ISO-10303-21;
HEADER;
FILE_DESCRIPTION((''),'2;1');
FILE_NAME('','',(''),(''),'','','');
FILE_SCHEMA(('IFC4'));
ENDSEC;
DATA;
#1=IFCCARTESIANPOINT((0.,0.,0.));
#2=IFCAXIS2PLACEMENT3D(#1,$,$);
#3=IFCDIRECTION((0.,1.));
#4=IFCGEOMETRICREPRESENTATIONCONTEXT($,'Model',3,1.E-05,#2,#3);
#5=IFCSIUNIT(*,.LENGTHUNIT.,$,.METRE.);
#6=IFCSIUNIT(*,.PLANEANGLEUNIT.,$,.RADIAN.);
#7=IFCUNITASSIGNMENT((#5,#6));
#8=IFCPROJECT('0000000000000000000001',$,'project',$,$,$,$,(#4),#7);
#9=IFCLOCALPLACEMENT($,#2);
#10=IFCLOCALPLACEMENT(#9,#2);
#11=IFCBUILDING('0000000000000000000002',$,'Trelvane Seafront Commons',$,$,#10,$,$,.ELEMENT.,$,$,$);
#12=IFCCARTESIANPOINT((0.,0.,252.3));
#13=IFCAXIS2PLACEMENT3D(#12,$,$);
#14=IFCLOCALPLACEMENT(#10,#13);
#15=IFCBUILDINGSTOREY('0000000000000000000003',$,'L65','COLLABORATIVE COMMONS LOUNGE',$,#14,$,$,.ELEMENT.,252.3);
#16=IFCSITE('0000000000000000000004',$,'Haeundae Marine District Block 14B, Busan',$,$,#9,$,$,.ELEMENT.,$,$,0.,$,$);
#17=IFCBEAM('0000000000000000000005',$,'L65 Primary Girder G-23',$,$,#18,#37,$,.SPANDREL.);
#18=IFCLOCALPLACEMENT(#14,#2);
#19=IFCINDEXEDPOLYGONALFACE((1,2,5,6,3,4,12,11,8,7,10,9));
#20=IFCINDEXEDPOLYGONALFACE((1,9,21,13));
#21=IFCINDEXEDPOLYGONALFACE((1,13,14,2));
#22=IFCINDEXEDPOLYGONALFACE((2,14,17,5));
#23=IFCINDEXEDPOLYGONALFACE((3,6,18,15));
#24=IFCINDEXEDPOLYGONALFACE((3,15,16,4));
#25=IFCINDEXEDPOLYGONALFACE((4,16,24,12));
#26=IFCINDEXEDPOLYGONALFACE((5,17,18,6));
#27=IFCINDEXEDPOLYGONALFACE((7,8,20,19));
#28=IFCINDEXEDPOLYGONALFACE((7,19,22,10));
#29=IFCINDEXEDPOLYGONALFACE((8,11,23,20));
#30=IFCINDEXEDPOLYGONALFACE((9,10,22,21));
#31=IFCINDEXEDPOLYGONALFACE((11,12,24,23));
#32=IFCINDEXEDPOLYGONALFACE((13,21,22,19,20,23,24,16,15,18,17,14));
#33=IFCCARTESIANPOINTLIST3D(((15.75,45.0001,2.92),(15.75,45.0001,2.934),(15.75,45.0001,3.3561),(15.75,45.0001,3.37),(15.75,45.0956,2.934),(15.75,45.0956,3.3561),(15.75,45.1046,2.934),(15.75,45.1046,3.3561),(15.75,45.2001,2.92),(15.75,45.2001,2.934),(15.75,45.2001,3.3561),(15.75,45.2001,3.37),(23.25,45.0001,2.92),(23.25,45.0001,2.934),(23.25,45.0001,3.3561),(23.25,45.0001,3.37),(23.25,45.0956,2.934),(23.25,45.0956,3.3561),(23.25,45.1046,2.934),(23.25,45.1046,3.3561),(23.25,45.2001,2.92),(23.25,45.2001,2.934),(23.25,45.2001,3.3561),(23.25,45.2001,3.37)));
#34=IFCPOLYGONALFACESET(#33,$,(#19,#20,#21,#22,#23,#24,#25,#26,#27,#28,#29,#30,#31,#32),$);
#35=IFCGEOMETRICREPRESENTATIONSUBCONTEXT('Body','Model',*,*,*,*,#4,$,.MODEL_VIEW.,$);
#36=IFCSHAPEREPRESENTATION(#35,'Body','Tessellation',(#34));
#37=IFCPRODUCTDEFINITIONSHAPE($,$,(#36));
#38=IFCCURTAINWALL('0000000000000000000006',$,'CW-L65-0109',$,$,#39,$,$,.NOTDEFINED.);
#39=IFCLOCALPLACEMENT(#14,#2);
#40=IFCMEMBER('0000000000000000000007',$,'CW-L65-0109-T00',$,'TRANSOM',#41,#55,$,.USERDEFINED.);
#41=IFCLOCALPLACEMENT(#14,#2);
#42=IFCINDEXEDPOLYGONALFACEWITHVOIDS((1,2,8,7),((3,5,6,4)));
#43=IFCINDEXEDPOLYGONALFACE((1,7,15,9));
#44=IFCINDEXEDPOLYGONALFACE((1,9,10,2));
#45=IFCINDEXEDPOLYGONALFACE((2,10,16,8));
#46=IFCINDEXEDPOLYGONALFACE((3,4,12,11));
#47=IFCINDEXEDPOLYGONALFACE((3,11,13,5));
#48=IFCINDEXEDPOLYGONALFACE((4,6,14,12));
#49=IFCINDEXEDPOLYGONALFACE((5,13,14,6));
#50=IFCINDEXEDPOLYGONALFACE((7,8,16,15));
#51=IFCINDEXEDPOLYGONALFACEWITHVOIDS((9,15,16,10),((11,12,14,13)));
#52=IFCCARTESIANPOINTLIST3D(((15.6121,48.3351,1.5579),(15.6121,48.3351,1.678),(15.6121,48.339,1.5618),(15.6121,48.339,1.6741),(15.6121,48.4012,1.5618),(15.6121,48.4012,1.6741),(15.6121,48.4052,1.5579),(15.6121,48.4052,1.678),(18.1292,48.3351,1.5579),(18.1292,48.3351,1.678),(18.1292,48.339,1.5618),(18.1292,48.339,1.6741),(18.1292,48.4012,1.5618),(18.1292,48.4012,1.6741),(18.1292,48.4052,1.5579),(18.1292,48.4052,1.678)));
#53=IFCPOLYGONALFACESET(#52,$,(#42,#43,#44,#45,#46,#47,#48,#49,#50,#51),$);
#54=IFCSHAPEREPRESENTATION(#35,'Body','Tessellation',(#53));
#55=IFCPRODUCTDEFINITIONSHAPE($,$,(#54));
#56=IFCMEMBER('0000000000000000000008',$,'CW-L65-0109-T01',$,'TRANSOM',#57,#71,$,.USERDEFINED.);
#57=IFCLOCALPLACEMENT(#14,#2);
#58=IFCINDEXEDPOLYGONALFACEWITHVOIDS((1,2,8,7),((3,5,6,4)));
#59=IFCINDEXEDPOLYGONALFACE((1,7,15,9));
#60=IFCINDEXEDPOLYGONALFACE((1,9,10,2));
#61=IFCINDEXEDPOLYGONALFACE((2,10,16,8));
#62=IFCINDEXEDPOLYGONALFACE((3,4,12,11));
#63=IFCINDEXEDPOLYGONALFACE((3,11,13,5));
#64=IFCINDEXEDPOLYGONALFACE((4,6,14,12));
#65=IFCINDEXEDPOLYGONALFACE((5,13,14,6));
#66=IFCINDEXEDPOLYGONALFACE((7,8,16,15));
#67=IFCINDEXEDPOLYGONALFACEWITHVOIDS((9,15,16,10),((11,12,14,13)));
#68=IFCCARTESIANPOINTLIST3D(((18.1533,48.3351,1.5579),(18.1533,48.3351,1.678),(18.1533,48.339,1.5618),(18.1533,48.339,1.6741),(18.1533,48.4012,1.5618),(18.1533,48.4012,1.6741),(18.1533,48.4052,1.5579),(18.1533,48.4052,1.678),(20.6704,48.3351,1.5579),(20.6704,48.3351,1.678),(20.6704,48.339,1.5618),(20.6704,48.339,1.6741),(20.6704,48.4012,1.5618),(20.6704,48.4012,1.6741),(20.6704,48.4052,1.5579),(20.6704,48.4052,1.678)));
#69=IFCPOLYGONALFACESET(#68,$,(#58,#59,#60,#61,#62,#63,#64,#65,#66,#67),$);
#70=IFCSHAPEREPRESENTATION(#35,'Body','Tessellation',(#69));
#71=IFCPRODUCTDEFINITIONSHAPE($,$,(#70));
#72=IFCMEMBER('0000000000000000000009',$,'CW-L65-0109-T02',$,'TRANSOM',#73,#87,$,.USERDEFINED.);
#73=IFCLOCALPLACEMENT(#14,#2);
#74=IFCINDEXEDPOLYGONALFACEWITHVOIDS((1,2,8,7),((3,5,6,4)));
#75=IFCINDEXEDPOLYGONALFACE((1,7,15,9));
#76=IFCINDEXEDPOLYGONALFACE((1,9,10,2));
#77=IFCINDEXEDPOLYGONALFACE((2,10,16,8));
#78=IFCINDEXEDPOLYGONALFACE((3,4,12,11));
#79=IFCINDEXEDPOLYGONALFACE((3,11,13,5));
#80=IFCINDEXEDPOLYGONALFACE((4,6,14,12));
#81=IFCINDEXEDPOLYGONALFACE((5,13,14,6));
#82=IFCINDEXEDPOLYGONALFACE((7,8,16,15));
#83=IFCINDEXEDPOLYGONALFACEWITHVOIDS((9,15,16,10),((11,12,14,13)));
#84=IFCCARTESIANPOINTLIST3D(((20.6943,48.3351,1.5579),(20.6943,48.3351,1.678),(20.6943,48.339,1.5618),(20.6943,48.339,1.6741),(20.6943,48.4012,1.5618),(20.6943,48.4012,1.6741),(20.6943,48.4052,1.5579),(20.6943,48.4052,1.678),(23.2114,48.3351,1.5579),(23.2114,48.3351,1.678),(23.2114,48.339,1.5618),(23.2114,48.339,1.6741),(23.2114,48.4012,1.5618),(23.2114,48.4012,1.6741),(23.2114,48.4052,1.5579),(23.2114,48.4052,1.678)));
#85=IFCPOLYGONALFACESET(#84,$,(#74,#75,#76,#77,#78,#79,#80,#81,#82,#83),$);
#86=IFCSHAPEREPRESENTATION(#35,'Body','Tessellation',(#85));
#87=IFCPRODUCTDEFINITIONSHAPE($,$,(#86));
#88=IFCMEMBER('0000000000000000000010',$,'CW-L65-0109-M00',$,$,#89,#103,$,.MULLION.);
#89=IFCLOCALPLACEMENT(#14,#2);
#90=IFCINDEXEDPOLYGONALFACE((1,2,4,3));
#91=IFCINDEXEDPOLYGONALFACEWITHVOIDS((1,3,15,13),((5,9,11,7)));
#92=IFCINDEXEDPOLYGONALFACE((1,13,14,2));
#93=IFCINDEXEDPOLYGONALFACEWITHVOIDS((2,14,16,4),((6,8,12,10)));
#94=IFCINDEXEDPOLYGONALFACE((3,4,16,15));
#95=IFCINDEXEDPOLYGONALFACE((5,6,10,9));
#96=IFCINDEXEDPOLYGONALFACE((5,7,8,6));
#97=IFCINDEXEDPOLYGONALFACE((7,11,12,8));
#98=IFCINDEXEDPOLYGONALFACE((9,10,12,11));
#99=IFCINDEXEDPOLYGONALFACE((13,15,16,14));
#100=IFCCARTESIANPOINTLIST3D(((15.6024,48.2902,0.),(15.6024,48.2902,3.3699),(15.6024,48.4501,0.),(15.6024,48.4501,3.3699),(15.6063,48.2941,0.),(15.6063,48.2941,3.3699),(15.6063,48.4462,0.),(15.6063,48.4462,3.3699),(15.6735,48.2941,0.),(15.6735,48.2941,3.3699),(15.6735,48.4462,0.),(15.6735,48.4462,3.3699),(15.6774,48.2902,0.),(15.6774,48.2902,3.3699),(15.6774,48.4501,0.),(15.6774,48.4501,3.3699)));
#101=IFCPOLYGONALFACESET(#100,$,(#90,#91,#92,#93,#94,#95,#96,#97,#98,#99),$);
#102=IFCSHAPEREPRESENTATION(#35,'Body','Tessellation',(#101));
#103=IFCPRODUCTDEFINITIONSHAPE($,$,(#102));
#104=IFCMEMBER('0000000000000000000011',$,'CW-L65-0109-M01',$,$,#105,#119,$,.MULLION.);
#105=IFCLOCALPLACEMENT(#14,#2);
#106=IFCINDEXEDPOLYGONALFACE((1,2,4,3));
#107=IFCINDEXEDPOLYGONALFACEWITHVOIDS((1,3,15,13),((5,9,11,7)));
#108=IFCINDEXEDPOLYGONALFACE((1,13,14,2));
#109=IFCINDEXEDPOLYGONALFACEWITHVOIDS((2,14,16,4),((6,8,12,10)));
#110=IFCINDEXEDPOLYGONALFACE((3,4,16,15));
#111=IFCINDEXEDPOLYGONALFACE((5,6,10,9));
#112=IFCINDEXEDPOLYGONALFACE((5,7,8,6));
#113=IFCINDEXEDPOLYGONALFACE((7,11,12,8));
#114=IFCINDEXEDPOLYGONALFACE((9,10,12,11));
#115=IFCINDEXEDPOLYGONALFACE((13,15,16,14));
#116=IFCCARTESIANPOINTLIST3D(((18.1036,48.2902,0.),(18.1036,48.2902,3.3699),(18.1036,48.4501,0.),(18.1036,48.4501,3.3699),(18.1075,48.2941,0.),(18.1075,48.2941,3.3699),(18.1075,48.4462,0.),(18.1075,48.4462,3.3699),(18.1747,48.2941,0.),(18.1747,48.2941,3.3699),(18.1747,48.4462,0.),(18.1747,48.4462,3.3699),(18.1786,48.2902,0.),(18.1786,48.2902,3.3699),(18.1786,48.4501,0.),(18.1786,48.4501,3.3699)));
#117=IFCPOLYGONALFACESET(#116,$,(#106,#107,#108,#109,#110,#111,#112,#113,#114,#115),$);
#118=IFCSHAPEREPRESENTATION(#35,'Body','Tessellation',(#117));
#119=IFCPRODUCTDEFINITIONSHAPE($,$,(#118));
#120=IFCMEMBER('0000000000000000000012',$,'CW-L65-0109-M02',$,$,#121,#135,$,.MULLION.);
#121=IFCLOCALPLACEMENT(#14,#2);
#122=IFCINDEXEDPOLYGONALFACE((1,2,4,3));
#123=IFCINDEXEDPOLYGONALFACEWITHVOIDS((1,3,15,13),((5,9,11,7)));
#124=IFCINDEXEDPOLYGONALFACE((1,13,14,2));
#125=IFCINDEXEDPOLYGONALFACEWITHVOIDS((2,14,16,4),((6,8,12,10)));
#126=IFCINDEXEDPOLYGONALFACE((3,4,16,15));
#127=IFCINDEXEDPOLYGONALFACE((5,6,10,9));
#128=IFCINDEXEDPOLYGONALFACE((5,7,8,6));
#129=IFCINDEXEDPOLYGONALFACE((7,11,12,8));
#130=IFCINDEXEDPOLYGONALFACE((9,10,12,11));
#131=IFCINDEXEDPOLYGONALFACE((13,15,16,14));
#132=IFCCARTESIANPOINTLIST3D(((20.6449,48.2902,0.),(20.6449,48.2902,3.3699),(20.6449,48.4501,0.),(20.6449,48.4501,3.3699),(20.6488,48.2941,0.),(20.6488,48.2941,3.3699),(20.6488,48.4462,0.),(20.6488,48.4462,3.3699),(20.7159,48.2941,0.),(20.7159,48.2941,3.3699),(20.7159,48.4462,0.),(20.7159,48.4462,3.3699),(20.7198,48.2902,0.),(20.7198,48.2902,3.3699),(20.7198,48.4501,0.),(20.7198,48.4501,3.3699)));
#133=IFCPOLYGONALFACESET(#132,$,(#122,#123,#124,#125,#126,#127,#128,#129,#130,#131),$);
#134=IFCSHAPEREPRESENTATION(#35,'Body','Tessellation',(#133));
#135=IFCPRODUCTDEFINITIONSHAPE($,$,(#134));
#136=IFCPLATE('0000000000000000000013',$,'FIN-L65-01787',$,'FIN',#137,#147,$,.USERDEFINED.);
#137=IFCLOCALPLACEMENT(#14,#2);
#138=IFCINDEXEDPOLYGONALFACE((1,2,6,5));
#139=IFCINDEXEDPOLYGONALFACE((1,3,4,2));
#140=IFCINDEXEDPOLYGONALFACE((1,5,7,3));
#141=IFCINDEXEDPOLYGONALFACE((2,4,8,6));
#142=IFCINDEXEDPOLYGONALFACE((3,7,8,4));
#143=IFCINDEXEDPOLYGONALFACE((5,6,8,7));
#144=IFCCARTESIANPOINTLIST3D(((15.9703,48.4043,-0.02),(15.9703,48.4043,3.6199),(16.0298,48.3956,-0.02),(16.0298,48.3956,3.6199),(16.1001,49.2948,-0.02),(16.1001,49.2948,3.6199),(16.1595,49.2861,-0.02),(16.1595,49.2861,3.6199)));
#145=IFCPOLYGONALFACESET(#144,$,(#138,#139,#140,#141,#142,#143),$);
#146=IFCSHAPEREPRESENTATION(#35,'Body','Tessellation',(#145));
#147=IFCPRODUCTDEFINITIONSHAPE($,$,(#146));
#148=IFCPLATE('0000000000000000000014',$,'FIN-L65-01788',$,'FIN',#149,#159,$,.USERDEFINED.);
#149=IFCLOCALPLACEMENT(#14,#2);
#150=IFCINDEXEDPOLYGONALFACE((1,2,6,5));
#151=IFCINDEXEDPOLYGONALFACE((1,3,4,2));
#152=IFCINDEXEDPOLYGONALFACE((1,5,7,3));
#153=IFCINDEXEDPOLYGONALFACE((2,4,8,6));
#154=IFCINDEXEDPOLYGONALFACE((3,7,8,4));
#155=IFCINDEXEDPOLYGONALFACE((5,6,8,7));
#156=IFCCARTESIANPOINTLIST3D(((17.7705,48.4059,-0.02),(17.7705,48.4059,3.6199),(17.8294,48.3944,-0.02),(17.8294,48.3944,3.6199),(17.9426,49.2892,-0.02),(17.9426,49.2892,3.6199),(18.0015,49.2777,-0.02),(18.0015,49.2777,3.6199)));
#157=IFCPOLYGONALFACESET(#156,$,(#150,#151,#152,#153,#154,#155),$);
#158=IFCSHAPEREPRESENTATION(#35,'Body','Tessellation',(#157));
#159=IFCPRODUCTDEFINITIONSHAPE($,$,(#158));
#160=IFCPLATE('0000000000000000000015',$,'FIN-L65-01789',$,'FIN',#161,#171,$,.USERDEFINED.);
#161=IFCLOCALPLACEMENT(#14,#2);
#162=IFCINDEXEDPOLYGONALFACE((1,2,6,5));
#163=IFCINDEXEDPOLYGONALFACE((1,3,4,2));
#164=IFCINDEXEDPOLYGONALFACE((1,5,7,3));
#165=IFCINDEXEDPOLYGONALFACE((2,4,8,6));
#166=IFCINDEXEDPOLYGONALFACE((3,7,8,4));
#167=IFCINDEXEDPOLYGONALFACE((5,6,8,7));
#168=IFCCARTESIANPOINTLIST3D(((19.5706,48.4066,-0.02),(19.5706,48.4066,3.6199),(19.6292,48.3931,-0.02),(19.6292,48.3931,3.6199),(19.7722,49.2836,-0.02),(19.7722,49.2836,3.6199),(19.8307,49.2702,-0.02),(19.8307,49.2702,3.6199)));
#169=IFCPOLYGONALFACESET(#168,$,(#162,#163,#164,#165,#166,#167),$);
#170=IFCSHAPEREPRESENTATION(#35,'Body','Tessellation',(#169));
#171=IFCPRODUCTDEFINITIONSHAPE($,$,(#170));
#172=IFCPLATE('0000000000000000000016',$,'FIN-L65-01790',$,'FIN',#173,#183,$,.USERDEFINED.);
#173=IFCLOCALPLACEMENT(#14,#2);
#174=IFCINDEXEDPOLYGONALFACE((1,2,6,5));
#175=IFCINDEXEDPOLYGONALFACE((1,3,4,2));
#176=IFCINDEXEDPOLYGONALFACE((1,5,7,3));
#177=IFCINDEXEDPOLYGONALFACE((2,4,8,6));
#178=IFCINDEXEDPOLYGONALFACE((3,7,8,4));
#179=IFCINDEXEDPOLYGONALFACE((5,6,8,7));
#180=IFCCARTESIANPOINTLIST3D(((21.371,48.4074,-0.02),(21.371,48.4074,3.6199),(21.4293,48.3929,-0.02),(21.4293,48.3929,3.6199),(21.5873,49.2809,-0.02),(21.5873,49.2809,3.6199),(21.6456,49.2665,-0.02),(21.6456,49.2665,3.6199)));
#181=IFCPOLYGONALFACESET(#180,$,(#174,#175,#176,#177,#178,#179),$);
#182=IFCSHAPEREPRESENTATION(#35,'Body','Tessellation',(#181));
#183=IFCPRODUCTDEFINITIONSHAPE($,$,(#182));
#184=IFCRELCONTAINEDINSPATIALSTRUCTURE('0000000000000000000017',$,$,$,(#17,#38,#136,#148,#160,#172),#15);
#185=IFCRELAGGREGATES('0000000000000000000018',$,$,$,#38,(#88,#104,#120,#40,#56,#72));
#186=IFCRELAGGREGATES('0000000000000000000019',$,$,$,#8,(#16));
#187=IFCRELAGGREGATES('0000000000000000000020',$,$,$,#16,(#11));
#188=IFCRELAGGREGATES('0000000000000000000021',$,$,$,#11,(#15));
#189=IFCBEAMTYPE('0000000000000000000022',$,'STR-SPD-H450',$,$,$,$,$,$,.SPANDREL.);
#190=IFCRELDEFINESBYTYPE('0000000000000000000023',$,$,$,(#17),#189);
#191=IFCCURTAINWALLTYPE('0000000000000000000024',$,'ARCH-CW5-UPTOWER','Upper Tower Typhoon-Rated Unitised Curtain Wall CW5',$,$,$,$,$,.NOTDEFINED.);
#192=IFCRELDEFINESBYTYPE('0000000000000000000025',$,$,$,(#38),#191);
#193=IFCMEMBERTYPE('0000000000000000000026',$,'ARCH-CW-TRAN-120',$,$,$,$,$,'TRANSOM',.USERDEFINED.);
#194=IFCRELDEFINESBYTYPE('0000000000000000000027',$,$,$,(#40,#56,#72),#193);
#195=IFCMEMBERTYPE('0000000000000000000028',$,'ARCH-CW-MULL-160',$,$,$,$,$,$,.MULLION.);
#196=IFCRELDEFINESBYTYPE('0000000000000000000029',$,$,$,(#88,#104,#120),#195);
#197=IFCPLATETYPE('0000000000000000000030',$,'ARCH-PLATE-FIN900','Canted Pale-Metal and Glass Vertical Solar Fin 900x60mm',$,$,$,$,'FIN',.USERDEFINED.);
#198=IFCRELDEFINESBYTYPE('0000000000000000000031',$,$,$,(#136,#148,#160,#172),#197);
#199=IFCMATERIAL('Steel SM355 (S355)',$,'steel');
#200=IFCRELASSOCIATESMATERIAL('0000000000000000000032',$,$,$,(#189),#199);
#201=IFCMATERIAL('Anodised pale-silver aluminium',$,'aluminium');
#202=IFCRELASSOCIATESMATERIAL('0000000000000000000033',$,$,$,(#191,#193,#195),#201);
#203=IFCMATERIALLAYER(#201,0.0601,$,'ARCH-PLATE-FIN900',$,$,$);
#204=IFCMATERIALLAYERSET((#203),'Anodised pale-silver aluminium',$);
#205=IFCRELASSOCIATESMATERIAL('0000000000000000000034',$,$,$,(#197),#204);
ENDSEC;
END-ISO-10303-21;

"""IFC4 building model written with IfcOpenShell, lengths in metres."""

from ifc_helpers import new_model, si_unit, direction, frame, origin, origin_2d, place, context, subcontext, project, spatial, rectangle, hollow_rectangle, i_section, extrude, source, transform, mapped, material, layer, layer_set, material_profile, profile_set, type_object, element, aggregate, save


model = new_model("IFC4")

# Units and contexts
model_context = context("Model", 3, precision=1e-05, world=origin(), true_north=direction((0.0, 1.0)))
body_context = subcontext(model_context, "Body", "Model", "MODEL_VIEW")
ifc_project = project(units=[si_unit("LENGTHUNIT", "METRE"), si_unit("PLANEANGLEUNIT", "RADIAN")], contexts=[model_context])

# Site, building, storey
site_placement = place(None, origin())
site = spatial("IfcSite", under=ifc_project, at=site_placement, Name="Haeundae Marine District Block 14B, Busan", CompositionType="ELEMENT", RefElevation=0.0)
building_placement = place(site_placement, origin())
building = spatial("IfcBuilding", under=site, at=building_placement, Name="Trelvane Seafront Commons", CompositionType="ELEMENT")
storey_placement = place(building_placement, frame((0.0, 0.0, 252.3)))
storey = spatial("IfcBuildingStorey", under=building, at=storey_placement, Name="L65", Description="COLLABORATIVE COMMONS LOUNGE", CompositionType="ELEMENT", Elevation=252.3)

# Beam
ifc_material_1 = material(Name="Steel SM355 (S355)", Category="steel")
ifc_material_profile_1 = material_profile(ifc_material_1, i_section(OverallWidth=0.2, OverallDepth=0.45, WebThickness=0.009, FlangeThickness=0.0139, at=origin_2d()), Name="H-450x200x9x14")
ifc_profile_set_1 = profile_set([ifc_material_profile_1], Name="Steel SM355 (S355)")
beam_type = type_object("IfcBeamType", Name="STR-SPD-H450", PredefinedType="SPANDREL", material=ifc_profile_set_1)
shared_shape_1 = source(origin(), body_context, "Body", "SweptSolid", [
    extrude(i_section(OverallWidth=0.2, OverallDepth=0.45, WebThickness=0.009, FlangeThickness=0.0139, at=origin_2d()), origin(), (0.0, 0.0, 1.0), 7.5),
])
beam_placement = place(storey_placement, frame((15.75, 45.1001, 3.145), z_axis=(1.0, 0.0, 0.0), x_axis=(0.0, 1.0, 0.0)))
element("IfcBeam", 1, at=beam_placement, inside=storey, type_object=beam_type, Name="L65 Primary Girder G-23", PredefinedType="SPANDREL", context=body_context, shape_type="MappedRepresentation", body=[
    mapped(shared_shape_1, transform((0.0, 0.0, 0.0), x_axis=(1.0, 0.0, 0.0), y_axis=(0.0, 1.0, 0.0), z_axis=(0.0, 0.0, 1.0), scale=1.0)),
])

# Curtain wall, members
ifc_material_2 = material(Name="Anodised pale-silver aluminium", Category="aluminium")
curtain_wall_type = type_object("IfcCurtainWallType", Name="ARCH-CW5-UPTOWER", Description="Upper Tower Typhoon-Rated Unitised Curtain Wall CW5", PredefinedType="NOTDEFINED", material=ifc_material_2)
curtain_wall_placement = place(storey_placement, origin())
curtain_wall = element("IfcCurtainWall", 2, at=curtain_wall_placement, inside=storey, type_object=curtain_wall_type, Name="CW-L65-0109", PredefinedType="NOTDEFINED")
ifc_material_profile_2 = material_profile(ifc_material_2, hollow_rectangle(XDim=0.0701, YDim=0.1201, WallThickness=0.0039, at=origin_2d()), Name="TRAN-70x120x4")
ifc_profile_set_2 = profile_set([ifc_material_profile_2], Name="Anodised pale-silver aluminium")
member_type_1 = type_object("IfcMemberType", Name="ARCH-CW-TRAN-120", ElementType="TRANSOM", PredefinedType="USERDEFINED", material=ifc_profile_set_2)
shared_shape_2 = source(origin(), body_context, "Body", "SweptSolid", [
    extrude(hollow_rectangle(XDim=0.0701, YDim=0.1201, WallThickness=0.0039, at=origin_2d()), origin(), (0.0, 0.0, 1.0), 2.5171),
])
member_1_placement = place(storey_placement, frame((15.6121, 48.3701, 1.6179), z_axis=(1.0, 0.0, 0.0), x_axis=(0.0, 1.0, 0.0)))
member_1 = element("IfcMember", 3, at=member_1_placement, type_object=member_type_1, Name="CW-L65-0109-T00", ObjectType="TRANSOM", PredefinedType="USERDEFINED", context=body_context, shape_type="MappedRepresentation", body=[
    mapped(shared_shape_2, transform((0.0, 0.0, 0.0), x_axis=(1.0, 0.0, 0.0), y_axis=(0.0, 1.0, 0.0), z_axis=(0.0, 0.0, 1.0), scale=1.0)),
])
member_2_placement = place(storey_placement, frame((18.1533, 48.3701, 1.6179), z_axis=(1.0, 0.0, 0.0), x_axis=(0.0, 1.0, 0.0)))
member_2 = element("IfcMember", 4, at=member_2_placement, type_object=member_type_1, Name="CW-L65-0109-T01", ObjectType="TRANSOM", PredefinedType="USERDEFINED", context=body_context, shape_type="MappedRepresentation", body=[
    mapped(shared_shape_2, transform((0.0, 0.0, 0.0), x_axis=(1.0, 0.0, 0.0), y_axis=(0.0, 1.0, 0.0), z_axis=(0.0, 0.0, 1.0), scale=1.0)),
])
member_3_placement = place(storey_placement, frame((20.6943, 48.3701, 1.6179), z_axis=(1.0, 0.0, 0.0), x_axis=(0.0, 1.0, 0.0)))
member_3 = element("IfcMember", 5, at=member_3_placement, type_object=member_type_1, Name="CW-L65-0109-T02", ObjectType="TRANSOM", PredefinedType="USERDEFINED", context=body_context, shape_type="MappedRepresentation", body=[
    mapped(shared_shape_2, transform((0.0, 0.0, 0.0), x_axis=(1.0, 0.0, 0.0), y_axis=(0.0, 1.0, 0.0), z_axis=(0.0, 0.0, 1.0), scale=1.0)),
])
ifc_material_profile_3 = material_profile(ifc_material_2, hollow_rectangle(XDim=0.075, YDim=0.1599, WallThickness=0.0039, at=origin_2d()), Name="MULL-75x160x4")
ifc_profile_set_3 = profile_set([ifc_material_profile_3], Name="Anodised pale-silver aluminium")
member_type_2 = type_object("IfcMemberType", Name="ARCH-CW-MULL-160", PredefinedType="MULLION", material=ifc_profile_set_3)
shared_shape_3 = source(origin(), body_context, "Body", "SweptSolid", [
    extrude(hollow_rectangle(XDim=0.075, YDim=0.1599, WallThickness=0.0039, at=origin_2d()), origin(), (0.0, 0.0, 1.0), 3.3699),
])
member_4_placement = place(storey_placement, frame((15.6399, 48.3701, 0.0), z_axis=(0.0, 0.0, 1.0), x_axis=(1.0, 0.0, 0.0)))
member_4 = element("IfcMember", 6, at=member_4_placement, type_object=member_type_2, Name="CW-L65-0109-M00", PredefinedType="MULLION", context=body_context, shape_type="MappedRepresentation", body=[
    mapped(shared_shape_3, transform((0.0, 0.0, 0.0), x_axis=(1.0, 0.0, 0.0), y_axis=(0.0, 1.0, 0.0), z_axis=(0.0, 0.0, 1.0), scale=1.0)),
])
member_5_placement = place(storey_placement, frame((18.1411, 48.3701, 0.0), z_axis=(0.0, 0.0, 1.0), x_axis=(1.0, 0.0, 0.0)))
member_5 = element("IfcMember", 7, at=member_5_placement, type_object=member_type_2, Name="CW-L65-0109-M01", PredefinedType="MULLION", context=body_context, shape_type="MappedRepresentation", body=[
    mapped(shared_shape_3, transform((0.0, 0.0, 0.0), x_axis=(1.0, 0.0, 0.0), y_axis=(0.0, 1.0, 0.0), z_axis=(0.0, 0.0, 1.0), scale=1.0)),
])
member_6_placement = place(storey_placement, frame((20.6824, 48.3701, 0.0), z_axis=(0.0, 0.0, 1.0), x_axis=(1.0, 0.0, 0.0)))
member_6 = element("IfcMember", 8, at=member_6_placement, type_object=member_type_2, Name="CW-L65-0109-M02", PredefinedType="MULLION", context=body_context, shape_type="MappedRepresentation", body=[
    mapped(shared_shape_3, transform((0.0, 0.0, 0.0), x_axis=(1.0, 0.0, 0.0), y_axis=(0.0, 1.0, 0.0), z_axis=(0.0, 0.0, 1.0), scale=1.0)),
])

# Plates
ifc_layer_1 = layer(ifc_material_2, 0.0601, Name="ARCH-PLATE-FIN900")
ifc_layer_set_1 = layer_set([ifc_layer_1], Name="Anodised pale-silver aluminium")
plate_type_1 = type_object("IfcPlateType", Name="ARCH-PLATE-FIN900", Description="Canted Pale-Metal and Glass Vertical Solar Fin 900x60mm", ElementType="FIN", PredefinedType="USERDEFINED", material=ifc_layer_set_1)
shared_shape_4 = source(origin(), body_context, "Body", "SweptSolid", [
    extrude(rectangle(XDim=0.8999, YDim=0.0601, at=origin_2d()), origin(), (0.0, 0.0, 1.0), 3.6399),
])
for number, where, z_axis, x_axis, name in (
    (9, (16.0649, 48.8452, -0.02), (0.0, 0.0, 1.0), (0.144221, 0.989545, 0.0), "FIN-L65-01787"),
    (10, (17.886, 48.8418, -0.02), (0.0, 0.0, 1.0), (0.19122, 0.981547, 0.0), "FIN-L65-01788"),
    (11, (19.7007, 48.8384, -0.02), (0.0, 0.0, 1.0), (0.224007, 0.974588, 0.0), "FIN-L65-01789"),
    (12, (21.5083, 48.8369, -0.02), (0.0, 0.0, 1.0), (0.240338, 0.970689, 0.0), "FIN-L65-01790"),
):
    element("IfcPlate", number, at=place(storey_placement, frame(where, z_axis=z_axis, x_axis=x_axis)), inside=storey, type_object=plate_type_1, Name=name, ObjectType="FIN", PredefinedType="USERDEFINED", context=body_context, shape_type="MappedRepresentation", body=[
        mapped(shared_shape_4, transform((0.0, 0.0, 0.0), x_axis=(1.0, 0.0, 0.0), y_axis=(0.0, 1.0, 0.0), z_axis=(0.0, 0.0, 1.0), scale=1.0)),
    ])

aggregate(curtain_wall, [member_4, member_5, member_6, member_1, member_2, member_3])

save(model, "model.ifc")
